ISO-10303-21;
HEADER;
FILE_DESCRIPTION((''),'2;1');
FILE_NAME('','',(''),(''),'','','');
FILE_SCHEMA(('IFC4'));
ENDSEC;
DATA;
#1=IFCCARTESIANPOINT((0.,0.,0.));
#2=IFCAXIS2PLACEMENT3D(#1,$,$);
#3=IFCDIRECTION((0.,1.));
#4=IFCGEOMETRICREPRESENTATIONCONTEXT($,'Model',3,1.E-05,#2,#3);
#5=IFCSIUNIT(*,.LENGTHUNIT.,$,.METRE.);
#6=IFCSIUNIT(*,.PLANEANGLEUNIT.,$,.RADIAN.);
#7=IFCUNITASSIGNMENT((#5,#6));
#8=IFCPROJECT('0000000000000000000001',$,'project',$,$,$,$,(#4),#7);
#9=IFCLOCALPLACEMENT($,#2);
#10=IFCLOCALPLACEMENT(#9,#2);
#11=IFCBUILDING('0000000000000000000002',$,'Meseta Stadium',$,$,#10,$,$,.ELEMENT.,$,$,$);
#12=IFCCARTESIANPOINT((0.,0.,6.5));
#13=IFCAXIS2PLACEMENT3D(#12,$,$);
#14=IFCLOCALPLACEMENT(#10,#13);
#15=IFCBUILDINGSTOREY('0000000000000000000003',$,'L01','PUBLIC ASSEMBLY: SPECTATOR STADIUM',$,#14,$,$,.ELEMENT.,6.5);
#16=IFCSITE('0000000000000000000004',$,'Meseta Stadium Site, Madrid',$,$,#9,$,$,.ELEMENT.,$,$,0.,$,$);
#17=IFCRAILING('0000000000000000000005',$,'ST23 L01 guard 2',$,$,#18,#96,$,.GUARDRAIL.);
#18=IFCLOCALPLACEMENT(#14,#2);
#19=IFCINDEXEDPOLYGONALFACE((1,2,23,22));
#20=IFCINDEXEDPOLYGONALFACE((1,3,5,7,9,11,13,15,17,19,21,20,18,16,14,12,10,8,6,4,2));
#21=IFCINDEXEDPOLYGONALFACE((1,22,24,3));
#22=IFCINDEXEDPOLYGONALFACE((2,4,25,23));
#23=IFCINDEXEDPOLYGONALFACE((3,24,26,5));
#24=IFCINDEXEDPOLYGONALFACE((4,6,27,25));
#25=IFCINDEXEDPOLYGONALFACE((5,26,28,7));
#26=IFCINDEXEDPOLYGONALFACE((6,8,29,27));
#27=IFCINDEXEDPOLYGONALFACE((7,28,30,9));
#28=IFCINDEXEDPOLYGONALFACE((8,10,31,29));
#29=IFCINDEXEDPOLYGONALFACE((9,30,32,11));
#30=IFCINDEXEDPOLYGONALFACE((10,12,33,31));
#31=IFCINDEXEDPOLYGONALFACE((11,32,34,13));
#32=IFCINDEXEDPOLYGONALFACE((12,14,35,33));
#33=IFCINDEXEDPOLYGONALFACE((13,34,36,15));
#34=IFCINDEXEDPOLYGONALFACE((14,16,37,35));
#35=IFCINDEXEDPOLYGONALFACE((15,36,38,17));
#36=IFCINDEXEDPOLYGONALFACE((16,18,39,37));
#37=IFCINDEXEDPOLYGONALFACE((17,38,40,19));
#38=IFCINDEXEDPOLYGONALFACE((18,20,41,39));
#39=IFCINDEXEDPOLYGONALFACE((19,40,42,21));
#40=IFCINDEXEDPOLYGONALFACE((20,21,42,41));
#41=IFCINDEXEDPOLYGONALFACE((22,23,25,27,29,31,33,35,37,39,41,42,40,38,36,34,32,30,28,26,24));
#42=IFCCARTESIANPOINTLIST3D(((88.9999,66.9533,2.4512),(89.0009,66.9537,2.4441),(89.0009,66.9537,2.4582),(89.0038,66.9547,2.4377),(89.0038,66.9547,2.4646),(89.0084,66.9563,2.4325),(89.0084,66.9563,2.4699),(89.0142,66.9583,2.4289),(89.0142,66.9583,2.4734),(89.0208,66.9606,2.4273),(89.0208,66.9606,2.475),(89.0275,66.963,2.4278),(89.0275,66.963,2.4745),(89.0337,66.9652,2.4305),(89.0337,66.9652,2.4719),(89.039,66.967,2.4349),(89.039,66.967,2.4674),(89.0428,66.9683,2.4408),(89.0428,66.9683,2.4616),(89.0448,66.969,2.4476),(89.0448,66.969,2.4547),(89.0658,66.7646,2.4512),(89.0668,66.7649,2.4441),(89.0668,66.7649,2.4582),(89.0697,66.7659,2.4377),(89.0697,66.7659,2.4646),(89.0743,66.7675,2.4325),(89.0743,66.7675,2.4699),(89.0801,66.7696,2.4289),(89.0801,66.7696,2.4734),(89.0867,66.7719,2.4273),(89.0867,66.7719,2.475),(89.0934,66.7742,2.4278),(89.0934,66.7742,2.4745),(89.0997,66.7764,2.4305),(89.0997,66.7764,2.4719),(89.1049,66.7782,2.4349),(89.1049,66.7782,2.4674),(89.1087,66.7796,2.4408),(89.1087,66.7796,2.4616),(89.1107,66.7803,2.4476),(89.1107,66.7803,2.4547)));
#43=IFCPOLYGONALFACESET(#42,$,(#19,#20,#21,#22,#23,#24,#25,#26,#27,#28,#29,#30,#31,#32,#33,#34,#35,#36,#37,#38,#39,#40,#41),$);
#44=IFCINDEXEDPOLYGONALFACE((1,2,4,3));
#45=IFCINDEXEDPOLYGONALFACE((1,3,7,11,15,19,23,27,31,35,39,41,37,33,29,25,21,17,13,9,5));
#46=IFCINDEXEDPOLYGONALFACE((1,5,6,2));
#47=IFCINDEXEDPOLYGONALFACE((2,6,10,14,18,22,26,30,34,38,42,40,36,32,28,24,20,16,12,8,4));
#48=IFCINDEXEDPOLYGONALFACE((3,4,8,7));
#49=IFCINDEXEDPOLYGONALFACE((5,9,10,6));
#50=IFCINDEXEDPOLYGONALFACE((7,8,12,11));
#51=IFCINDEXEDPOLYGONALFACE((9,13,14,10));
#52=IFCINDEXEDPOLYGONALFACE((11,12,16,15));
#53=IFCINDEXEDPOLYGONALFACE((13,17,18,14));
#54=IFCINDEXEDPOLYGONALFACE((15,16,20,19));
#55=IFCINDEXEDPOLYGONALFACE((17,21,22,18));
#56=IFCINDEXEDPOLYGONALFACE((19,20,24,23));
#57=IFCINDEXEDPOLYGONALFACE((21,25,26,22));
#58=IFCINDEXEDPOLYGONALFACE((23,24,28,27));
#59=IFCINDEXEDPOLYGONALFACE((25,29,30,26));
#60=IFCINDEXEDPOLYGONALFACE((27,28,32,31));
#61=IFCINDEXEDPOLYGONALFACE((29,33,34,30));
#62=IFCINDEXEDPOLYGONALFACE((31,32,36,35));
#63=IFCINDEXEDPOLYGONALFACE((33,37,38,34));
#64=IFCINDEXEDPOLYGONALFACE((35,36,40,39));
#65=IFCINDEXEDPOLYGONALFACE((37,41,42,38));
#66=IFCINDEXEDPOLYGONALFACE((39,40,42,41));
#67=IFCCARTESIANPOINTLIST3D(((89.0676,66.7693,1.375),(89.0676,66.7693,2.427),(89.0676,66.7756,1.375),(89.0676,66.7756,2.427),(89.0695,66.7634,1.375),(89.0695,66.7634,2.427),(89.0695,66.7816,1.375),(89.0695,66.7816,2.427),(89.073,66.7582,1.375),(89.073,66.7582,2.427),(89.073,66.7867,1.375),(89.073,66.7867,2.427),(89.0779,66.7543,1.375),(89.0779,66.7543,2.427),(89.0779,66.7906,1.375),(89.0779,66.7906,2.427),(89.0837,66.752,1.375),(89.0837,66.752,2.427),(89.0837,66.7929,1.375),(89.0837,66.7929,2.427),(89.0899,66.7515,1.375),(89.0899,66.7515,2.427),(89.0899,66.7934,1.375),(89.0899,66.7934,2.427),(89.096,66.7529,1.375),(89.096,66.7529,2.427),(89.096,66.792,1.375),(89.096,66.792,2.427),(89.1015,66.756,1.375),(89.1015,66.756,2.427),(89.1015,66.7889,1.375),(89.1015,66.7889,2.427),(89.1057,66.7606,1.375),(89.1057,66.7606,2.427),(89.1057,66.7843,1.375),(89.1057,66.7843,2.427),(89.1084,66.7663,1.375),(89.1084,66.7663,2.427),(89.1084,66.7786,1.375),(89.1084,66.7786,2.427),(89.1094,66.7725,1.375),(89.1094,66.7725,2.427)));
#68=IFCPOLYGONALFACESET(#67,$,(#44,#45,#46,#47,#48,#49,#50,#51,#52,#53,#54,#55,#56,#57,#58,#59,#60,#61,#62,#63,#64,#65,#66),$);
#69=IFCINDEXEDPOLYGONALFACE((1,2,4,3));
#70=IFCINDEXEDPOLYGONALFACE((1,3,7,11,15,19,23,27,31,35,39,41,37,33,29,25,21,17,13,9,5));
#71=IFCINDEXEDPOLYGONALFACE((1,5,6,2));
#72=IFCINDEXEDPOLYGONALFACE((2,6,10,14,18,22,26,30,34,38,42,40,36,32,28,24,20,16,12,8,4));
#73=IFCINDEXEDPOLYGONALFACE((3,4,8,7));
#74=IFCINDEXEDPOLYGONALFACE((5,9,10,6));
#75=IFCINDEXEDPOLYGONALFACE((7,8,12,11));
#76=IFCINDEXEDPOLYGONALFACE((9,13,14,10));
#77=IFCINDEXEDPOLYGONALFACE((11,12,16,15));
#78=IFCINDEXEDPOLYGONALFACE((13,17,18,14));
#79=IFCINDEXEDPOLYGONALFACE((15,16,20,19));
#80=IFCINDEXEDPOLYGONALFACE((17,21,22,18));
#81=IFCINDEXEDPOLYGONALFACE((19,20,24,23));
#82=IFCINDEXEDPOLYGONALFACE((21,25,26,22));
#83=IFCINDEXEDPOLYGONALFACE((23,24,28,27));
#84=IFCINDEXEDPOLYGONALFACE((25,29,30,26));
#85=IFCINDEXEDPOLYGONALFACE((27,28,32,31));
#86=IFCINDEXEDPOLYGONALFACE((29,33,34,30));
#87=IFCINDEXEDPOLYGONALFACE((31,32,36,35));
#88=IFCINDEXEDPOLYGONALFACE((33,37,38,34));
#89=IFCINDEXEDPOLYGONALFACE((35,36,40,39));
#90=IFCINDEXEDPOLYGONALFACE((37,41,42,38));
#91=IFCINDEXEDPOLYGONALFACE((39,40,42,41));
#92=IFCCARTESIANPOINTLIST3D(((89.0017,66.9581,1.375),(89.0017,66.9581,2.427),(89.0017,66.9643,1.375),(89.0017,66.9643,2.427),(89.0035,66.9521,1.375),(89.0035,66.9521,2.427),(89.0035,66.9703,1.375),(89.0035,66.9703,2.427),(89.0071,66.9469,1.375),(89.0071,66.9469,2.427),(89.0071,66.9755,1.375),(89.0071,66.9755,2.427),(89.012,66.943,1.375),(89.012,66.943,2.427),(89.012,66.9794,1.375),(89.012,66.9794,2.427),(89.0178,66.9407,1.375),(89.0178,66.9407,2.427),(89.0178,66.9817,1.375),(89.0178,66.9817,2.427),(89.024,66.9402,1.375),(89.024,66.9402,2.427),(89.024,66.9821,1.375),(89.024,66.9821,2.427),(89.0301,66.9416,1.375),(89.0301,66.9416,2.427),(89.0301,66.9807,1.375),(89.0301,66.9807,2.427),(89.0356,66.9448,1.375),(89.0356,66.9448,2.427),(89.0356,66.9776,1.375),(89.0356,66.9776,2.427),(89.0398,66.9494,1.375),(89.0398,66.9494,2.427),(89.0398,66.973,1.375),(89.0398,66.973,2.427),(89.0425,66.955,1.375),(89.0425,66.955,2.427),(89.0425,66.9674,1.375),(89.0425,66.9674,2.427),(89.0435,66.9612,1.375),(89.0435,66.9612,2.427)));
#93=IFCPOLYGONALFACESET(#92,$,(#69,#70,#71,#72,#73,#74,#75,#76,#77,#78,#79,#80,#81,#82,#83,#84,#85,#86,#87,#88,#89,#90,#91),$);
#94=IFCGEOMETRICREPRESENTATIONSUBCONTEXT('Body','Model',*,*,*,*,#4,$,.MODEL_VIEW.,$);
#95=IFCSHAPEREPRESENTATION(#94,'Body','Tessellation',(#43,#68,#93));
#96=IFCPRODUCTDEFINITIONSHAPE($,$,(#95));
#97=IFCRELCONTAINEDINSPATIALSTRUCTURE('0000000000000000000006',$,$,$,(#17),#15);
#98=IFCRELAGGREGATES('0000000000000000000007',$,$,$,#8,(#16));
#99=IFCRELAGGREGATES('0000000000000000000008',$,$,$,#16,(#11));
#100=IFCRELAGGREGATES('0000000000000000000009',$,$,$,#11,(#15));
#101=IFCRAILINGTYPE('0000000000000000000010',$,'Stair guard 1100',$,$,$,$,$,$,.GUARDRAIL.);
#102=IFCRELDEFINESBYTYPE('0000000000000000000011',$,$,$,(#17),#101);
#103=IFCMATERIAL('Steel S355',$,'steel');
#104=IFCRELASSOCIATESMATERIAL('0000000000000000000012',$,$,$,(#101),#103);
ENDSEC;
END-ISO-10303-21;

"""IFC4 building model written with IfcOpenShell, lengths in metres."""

from ifc_helpers import new_model, si_unit, direction, frame, origin, origin_2d, place, context, subcontext, project, spatial, circle, extrude, material, type_object, element, save


model = new_model("IFC4")

# Units and contexts
model_context = context("Model", 3, precision=1e-05, world=origin(), true_north=direction((0.0, 1.0)))
body_context = subcontext(model_context, "Body", "Model", "MODEL_VIEW")
ifc_project = project(units=[si_unit("LENGTHUNIT", "METRE"), si_unit("PLANEANGLEUNIT", "RADIAN")], contexts=[model_context])

# Site, building, storey
site_placement = place(None, origin())
site = spatial("IfcSite", under=ifc_project, at=site_placement, Name="Meseta Stadium Site, Madrid", CompositionType="ELEMENT", RefElevation=0.0)
building_placement = place(site_placement, origin())
building = spatial("IfcBuilding", under=site, at=building_placement, Name="Meseta Stadium", CompositionType="ELEMENT")
storey_placement = place(building_placement, frame((0.0, 0.0, 6.5)))
storey = spatial("IfcBuildingStorey", under=building, at=storey_placement, Name="L01", Description="PUBLIC ASSEMBLY: SPECTATOR STADIUM", CompositionType="ELEMENT", Elevation=6.5)

# Railing
ifc_material_1 = material(Name="Steel S355", Category="steel")
railing_type_1 = type_object("IfcRailingType", Name="Stair guard 1100", PredefinedType="GUARDRAIL", material=ifc_material_1)
railing_1_placement = place(storey_placement, frame((89.0884, 66.7725, 1.375)))
element("IfcRailing", 1, at=railing_1_placement, inside=storey, type_object=railing_type_1, Name="ST23 L01 guard 2", PredefinedType="GUARDRAIL", context=body_context, shape_type="SweptSolid", body=[
    extrude(circle(Radius=0.0239, at=origin_2d()), frame((0.0, 0.0, 1.0762), z_axis=(-0.329752, 0.944068, 0.0), x_axis=(-0.944068, -0.329752, 0.0)), (0.0, 0.0, 1.0), 0.2),
    extrude(circle(Radius=0.021, at=origin_2d()), origin(), (0.0, 0.0, 1.0), 1.052),
    extrude(circle(Radius=0.021, at=origin_2d()), frame((-0.0659, 0.1887, 0.0)), (0.0, 0.0, 1.0), 1.052),
])

save(model, "model.ifc")
